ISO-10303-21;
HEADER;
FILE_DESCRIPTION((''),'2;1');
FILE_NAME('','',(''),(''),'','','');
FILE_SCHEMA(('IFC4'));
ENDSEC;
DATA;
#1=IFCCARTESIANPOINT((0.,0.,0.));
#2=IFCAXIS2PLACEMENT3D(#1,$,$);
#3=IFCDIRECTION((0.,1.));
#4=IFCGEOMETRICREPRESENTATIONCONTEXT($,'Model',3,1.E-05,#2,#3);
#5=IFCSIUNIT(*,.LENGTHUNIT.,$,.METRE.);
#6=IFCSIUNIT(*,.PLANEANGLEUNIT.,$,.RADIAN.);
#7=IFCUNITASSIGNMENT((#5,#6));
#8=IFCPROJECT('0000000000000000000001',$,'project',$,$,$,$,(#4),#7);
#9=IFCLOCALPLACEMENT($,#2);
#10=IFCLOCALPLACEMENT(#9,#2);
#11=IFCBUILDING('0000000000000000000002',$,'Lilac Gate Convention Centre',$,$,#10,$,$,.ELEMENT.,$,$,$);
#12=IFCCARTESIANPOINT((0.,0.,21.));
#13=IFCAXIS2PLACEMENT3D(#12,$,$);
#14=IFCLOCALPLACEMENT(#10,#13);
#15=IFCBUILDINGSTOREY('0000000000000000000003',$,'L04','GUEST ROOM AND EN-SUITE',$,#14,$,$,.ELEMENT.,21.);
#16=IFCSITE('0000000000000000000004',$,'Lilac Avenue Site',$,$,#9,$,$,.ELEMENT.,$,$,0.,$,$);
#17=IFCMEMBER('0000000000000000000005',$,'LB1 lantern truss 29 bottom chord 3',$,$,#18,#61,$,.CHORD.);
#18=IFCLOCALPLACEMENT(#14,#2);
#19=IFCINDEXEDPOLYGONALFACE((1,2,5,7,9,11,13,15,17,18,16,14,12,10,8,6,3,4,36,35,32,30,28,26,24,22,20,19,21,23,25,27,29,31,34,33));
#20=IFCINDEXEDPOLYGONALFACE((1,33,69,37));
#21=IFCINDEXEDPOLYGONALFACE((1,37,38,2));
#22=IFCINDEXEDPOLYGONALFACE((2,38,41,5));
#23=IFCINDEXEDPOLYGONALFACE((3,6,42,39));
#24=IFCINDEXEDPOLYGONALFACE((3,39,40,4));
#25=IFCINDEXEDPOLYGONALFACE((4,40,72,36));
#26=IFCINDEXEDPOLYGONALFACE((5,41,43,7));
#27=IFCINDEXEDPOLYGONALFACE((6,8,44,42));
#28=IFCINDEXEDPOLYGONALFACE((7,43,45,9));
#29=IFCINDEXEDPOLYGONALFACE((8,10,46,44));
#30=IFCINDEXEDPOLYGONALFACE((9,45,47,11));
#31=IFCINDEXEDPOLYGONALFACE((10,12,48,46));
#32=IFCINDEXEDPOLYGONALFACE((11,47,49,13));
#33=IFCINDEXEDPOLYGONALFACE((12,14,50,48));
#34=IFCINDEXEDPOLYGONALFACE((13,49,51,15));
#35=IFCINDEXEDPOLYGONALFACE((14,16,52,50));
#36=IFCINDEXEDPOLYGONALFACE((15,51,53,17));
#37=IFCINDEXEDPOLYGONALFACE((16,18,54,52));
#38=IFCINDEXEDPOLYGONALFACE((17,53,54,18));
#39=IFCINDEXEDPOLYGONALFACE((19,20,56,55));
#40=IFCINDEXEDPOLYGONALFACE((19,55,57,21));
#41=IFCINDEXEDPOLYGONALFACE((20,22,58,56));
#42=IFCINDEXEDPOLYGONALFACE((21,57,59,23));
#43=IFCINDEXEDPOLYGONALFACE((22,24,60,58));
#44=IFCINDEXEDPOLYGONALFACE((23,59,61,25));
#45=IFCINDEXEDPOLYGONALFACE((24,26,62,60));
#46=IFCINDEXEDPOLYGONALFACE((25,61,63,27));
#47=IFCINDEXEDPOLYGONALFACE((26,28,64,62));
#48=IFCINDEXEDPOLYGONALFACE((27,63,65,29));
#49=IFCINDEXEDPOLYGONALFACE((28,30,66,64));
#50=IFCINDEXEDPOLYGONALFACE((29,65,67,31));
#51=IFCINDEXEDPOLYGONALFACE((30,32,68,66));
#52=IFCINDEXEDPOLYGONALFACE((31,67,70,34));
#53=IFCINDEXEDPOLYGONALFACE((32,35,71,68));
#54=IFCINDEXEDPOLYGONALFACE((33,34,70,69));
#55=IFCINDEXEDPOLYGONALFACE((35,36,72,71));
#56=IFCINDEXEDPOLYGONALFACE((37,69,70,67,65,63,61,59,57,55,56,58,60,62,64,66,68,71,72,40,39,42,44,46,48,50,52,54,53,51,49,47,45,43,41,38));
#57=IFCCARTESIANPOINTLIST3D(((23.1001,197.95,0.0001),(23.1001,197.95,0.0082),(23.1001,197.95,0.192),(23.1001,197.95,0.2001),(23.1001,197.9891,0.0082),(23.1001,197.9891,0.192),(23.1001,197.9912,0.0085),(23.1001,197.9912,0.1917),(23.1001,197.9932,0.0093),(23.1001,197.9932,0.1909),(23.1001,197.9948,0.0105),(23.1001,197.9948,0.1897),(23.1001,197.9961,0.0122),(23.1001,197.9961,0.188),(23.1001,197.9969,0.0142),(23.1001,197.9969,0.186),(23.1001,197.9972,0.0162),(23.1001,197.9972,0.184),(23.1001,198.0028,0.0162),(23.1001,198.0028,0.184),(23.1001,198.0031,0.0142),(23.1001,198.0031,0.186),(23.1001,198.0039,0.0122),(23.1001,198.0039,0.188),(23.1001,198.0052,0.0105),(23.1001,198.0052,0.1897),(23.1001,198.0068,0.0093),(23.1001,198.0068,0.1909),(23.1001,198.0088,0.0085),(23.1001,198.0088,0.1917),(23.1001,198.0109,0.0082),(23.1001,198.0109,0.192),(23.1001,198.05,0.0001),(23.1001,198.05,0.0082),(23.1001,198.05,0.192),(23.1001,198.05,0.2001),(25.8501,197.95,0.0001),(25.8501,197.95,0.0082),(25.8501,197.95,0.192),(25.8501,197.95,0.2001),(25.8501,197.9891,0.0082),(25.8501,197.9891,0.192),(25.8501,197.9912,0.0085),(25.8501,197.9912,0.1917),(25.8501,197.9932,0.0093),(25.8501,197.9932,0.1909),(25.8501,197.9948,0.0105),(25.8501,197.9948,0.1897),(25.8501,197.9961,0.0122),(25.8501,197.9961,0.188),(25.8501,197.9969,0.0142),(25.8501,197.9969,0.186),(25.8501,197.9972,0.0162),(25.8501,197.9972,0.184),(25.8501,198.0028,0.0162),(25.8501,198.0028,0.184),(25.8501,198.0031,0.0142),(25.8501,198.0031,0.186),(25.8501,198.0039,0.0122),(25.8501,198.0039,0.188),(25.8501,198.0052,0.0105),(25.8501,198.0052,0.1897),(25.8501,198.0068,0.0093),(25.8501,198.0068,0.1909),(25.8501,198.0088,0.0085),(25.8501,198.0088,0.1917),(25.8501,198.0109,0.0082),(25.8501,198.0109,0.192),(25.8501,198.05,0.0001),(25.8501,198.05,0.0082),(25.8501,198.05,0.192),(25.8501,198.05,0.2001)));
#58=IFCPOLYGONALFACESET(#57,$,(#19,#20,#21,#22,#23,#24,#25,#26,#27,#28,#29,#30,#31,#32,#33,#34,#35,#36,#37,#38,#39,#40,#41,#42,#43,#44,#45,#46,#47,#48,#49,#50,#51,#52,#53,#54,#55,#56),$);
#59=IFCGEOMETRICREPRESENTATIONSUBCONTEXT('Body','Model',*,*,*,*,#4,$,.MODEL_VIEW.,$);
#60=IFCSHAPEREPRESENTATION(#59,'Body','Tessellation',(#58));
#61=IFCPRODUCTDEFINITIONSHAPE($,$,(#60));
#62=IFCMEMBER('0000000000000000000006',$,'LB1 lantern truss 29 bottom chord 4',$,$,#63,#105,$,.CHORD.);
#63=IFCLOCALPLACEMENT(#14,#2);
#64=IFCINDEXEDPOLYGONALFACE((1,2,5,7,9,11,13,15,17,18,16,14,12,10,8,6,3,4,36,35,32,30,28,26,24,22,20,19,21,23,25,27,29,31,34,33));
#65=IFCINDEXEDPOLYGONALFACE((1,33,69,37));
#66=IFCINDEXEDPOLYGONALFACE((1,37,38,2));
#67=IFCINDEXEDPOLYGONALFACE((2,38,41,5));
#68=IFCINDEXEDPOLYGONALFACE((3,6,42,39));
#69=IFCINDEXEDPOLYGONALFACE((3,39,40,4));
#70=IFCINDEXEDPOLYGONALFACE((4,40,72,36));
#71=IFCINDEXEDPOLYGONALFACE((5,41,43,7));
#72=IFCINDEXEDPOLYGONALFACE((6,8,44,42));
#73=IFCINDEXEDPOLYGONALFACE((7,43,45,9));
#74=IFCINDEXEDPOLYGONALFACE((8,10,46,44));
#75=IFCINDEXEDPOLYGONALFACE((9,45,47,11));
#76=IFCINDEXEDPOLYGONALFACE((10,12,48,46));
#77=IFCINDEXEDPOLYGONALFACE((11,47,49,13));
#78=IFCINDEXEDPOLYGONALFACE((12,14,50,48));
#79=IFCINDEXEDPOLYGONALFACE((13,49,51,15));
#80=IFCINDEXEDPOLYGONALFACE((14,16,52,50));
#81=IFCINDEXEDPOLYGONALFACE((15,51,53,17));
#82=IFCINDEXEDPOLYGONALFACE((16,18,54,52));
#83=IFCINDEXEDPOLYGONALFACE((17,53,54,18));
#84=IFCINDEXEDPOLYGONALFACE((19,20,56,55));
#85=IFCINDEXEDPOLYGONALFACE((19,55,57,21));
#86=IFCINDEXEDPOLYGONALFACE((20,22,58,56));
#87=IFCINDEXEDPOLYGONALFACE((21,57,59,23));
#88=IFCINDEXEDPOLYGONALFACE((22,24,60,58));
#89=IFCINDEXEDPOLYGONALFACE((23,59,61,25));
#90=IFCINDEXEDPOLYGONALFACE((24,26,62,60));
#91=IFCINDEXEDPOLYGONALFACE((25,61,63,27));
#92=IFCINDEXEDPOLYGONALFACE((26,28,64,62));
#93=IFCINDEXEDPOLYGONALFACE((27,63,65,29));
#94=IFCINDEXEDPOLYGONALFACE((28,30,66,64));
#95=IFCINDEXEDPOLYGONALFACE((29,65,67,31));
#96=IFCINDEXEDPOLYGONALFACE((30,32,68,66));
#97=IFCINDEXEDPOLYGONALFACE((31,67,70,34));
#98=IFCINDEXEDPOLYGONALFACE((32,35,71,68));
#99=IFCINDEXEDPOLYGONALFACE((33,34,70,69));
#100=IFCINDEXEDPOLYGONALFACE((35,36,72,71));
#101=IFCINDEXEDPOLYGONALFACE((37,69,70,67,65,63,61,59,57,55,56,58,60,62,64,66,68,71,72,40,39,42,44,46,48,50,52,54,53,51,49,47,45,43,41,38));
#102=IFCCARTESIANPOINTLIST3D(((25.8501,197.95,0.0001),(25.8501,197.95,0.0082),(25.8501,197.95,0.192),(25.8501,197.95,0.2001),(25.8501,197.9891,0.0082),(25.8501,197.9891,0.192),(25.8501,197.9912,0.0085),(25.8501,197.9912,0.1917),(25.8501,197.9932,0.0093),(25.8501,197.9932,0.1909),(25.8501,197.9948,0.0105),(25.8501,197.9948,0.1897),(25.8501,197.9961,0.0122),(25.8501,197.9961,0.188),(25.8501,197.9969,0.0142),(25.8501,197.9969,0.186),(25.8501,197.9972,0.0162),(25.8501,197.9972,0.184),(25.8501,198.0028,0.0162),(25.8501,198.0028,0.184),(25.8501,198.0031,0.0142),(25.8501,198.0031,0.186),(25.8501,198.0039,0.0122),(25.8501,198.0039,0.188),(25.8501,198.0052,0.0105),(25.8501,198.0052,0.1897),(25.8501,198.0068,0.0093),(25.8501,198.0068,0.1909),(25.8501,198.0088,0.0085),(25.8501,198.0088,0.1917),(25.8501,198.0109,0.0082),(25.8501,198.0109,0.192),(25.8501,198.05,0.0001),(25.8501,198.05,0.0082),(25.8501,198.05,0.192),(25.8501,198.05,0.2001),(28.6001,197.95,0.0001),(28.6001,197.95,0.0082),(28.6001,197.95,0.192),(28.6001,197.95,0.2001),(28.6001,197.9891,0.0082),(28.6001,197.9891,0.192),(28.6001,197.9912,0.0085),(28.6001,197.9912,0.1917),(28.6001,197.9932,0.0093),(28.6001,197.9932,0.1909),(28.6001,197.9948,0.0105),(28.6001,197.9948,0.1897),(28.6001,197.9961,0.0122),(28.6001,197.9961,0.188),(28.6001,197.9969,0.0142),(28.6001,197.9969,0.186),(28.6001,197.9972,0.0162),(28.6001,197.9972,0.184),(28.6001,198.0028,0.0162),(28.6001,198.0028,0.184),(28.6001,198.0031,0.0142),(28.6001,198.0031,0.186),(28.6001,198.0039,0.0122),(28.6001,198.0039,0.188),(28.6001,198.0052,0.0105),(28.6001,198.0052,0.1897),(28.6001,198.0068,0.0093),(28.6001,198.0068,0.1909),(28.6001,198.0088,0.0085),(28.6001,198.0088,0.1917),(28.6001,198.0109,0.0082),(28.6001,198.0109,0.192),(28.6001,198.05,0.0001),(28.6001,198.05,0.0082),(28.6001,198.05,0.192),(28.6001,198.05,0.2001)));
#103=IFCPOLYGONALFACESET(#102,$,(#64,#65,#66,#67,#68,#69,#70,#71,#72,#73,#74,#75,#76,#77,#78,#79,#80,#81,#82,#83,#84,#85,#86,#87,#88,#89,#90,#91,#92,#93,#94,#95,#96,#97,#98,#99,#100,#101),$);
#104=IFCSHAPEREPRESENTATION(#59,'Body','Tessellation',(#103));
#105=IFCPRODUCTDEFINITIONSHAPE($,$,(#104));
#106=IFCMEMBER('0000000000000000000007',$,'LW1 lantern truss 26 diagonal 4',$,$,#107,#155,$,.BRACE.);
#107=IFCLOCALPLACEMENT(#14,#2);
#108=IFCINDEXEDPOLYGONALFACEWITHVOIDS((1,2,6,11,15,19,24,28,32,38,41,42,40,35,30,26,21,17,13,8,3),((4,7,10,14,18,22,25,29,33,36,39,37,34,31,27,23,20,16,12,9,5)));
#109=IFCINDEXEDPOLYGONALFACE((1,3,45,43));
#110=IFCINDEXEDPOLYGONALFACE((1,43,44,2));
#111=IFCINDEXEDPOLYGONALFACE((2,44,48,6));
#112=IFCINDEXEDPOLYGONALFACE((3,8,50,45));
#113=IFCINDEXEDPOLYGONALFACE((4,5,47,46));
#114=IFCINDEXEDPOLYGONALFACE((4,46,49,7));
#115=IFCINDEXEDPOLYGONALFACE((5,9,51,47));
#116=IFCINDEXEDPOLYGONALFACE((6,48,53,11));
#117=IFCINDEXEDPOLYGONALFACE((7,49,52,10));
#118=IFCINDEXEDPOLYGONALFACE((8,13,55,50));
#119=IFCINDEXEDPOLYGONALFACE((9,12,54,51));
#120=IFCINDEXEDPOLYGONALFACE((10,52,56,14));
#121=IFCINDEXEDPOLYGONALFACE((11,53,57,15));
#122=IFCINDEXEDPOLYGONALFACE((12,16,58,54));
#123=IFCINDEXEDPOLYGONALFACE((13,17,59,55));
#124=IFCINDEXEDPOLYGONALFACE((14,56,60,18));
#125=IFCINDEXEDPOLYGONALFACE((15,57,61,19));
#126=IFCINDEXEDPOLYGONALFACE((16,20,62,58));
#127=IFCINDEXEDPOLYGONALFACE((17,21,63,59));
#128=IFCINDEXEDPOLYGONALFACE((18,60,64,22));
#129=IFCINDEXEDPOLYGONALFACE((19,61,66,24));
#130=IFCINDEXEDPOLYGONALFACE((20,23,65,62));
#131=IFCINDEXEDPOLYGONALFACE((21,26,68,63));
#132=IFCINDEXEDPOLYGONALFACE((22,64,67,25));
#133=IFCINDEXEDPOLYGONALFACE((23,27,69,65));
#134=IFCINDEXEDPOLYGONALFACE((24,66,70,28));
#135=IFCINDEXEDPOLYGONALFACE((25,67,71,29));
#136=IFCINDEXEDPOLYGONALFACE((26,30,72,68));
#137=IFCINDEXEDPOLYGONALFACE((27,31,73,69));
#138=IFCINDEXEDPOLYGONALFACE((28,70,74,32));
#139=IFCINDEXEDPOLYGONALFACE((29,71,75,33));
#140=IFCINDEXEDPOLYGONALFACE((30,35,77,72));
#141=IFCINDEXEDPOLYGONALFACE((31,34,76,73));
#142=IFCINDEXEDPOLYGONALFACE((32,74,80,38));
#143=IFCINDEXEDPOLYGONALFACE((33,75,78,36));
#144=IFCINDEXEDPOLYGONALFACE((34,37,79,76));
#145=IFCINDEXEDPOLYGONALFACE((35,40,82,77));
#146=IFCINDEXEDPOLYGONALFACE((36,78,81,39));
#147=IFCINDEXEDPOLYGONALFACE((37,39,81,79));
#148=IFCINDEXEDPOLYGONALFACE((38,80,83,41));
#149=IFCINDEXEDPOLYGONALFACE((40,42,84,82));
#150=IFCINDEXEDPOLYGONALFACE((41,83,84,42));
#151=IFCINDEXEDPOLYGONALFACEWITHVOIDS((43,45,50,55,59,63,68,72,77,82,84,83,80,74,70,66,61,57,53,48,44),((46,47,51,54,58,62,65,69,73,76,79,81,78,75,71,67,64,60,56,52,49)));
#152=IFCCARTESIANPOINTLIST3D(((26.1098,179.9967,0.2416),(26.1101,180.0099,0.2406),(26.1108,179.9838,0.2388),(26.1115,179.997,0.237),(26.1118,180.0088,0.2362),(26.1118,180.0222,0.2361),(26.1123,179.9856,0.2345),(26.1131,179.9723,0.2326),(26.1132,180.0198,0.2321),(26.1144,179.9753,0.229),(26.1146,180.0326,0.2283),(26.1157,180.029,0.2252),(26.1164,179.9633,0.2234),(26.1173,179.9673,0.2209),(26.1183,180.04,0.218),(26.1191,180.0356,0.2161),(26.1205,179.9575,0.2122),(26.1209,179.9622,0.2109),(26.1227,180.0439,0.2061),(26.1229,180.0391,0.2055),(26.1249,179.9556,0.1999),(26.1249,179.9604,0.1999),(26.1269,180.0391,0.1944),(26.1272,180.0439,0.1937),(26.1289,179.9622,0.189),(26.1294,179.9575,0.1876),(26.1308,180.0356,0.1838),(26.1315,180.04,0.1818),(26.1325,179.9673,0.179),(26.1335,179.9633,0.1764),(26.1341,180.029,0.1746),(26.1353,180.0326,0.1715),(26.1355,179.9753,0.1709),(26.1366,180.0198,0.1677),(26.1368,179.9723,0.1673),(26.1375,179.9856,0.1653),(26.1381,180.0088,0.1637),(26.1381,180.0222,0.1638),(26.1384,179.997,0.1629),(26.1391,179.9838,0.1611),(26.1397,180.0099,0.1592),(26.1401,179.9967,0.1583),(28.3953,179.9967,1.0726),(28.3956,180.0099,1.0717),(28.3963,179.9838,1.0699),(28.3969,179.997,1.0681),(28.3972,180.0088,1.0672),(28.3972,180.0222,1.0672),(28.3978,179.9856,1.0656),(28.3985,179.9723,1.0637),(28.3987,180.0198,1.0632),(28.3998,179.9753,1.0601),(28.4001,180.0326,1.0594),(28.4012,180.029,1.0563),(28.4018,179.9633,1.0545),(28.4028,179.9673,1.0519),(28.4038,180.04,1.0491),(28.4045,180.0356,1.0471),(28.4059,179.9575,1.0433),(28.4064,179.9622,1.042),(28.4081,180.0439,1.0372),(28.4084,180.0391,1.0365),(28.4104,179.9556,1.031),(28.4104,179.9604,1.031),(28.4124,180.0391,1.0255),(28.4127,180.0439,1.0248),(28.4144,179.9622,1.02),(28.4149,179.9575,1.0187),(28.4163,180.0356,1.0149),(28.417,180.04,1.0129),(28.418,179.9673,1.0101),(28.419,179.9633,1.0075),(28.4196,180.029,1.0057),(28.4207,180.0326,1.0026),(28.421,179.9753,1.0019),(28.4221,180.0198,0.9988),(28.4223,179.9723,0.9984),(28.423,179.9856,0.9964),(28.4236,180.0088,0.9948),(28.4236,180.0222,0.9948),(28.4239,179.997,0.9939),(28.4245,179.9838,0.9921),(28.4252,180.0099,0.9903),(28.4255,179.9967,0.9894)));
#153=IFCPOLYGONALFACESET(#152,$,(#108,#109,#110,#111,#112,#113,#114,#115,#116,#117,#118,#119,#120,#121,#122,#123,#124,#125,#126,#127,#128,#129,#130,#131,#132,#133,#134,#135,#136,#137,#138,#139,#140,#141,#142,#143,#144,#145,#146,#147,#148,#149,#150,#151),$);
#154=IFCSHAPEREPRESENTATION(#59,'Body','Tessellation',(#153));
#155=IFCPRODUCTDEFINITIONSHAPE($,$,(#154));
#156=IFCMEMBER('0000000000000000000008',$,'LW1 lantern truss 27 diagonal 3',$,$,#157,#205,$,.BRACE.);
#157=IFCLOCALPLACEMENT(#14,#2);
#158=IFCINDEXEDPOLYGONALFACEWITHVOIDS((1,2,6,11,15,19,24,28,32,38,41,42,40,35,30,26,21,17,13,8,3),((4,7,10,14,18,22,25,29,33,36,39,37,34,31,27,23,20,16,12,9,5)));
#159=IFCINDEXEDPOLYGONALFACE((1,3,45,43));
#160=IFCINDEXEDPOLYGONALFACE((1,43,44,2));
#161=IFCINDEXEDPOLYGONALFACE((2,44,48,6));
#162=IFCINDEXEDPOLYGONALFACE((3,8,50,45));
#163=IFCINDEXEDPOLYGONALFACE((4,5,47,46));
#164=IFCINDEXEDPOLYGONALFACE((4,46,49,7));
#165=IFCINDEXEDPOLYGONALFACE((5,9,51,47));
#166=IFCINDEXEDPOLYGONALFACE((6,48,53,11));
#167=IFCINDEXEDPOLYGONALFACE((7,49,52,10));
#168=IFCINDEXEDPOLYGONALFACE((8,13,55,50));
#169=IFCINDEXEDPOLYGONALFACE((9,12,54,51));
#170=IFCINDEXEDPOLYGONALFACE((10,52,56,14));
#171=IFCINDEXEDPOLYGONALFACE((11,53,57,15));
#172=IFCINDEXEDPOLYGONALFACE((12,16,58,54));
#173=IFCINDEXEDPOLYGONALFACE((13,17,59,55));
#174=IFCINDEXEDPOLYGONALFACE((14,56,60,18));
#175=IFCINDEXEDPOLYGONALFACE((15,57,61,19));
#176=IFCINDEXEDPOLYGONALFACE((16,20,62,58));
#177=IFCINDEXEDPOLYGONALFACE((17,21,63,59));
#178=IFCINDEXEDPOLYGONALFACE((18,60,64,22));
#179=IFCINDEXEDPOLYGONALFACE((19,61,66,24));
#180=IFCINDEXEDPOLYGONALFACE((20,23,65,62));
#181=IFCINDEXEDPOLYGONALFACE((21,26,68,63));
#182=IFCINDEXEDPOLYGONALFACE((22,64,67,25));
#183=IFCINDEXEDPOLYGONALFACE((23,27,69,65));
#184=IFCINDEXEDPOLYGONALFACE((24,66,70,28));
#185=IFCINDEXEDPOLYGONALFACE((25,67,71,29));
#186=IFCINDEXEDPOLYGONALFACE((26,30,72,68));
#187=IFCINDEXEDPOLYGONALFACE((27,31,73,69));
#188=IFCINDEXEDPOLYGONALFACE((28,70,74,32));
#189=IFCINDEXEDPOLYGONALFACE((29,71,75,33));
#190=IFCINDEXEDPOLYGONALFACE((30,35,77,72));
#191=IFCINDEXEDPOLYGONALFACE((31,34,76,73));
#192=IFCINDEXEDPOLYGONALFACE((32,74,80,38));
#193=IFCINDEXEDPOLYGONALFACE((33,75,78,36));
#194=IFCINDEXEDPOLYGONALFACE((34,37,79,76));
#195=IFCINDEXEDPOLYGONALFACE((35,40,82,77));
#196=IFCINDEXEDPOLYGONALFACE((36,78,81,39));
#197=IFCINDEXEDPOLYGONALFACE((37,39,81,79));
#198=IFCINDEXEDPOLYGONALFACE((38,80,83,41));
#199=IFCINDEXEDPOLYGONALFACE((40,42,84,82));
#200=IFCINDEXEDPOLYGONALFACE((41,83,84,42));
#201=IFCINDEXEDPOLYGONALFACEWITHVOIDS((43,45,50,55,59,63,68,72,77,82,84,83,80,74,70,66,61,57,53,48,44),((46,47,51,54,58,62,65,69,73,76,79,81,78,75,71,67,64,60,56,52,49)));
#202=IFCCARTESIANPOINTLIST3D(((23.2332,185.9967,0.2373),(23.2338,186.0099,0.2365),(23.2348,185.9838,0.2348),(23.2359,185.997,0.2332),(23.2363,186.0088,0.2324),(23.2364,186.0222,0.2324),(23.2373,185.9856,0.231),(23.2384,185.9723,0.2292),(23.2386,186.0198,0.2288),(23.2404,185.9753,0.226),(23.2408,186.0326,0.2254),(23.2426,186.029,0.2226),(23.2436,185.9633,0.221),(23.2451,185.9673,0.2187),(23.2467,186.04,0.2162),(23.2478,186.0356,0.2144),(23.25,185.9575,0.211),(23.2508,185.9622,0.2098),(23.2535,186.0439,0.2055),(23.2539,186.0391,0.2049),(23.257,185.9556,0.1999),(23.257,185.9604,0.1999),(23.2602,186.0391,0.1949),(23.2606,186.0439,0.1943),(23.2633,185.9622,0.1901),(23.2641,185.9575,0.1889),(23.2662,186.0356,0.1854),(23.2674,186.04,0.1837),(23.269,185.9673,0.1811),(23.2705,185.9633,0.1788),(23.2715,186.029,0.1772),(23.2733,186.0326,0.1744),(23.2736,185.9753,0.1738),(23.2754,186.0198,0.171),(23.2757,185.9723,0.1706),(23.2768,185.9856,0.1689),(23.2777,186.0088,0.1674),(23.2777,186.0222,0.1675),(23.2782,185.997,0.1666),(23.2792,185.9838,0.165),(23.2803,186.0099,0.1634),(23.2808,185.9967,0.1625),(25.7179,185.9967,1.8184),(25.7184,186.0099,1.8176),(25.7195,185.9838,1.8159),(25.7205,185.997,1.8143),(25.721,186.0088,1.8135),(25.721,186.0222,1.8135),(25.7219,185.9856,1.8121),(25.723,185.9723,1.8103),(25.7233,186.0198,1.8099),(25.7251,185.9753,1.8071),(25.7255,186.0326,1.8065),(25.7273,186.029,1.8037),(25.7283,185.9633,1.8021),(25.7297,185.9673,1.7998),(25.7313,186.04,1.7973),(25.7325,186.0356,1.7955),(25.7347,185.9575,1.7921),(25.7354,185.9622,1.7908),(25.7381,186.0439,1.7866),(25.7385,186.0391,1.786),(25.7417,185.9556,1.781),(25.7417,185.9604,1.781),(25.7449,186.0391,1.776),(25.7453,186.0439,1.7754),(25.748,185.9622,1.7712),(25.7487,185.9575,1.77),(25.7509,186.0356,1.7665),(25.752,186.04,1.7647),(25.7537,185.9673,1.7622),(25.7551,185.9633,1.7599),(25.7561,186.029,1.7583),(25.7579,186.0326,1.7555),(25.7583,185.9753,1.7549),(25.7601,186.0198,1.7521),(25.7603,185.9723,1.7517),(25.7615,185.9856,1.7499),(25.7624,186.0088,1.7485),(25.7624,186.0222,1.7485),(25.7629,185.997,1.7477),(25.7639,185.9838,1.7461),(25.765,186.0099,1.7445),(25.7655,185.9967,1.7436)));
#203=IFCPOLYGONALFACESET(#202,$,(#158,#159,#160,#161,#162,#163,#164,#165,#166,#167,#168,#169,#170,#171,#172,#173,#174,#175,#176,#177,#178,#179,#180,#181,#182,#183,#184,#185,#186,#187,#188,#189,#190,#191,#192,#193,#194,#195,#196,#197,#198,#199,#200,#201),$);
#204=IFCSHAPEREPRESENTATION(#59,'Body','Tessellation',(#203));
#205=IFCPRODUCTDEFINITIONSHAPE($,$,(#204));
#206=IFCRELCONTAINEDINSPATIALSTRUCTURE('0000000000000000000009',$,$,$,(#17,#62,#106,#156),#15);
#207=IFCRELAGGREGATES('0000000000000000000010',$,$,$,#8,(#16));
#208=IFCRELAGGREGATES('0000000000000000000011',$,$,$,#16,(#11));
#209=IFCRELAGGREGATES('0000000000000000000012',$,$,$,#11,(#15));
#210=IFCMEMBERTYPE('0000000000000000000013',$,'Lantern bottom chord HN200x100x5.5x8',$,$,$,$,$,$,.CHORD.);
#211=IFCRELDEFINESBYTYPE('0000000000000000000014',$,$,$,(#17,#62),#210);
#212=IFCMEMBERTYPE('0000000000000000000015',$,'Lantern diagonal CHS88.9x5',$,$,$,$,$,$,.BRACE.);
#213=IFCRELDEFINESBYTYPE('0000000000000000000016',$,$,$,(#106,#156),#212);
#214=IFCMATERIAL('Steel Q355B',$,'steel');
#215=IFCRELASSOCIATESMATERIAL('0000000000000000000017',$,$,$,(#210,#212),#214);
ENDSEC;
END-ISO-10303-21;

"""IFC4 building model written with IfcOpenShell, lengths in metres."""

from ifc_helpers import new_model, si_unit, direction, frame, origin, origin_2d, place, context, subcontext, project, spatial, hollow_circle, i_section, extrude, material, material_profile, profile_set, type_object, element, save


model = new_model("IFC4")

# Units and contexts
model_context = context("Model", 3, precision=1e-05, world=origin(), true_north=direction((0.0, 1.0)))
body_context = subcontext(model_context, "Body", "Model", "MODEL_VIEW")
ifc_project = project(units=[si_unit("LENGTHUNIT", "METRE"), si_unit("PLANEANGLEUNIT", "RADIAN")], contexts=[model_context])

# Site, building, storey
site_placement = place(None, origin())
site = spatial("IfcSite", under=ifc_project, at=site_placement, Name="Lilac Avenue Site", CompositionType="ELEMENT", RefElevation=0.0)
building_placement = place(site_placement, origin())
building = spatial("IfcBuilding", under=site, at=building_placement, Name="Lilac Gate Convention Centre", CompositionType="ELEMENT")
storey_placement = place(building_placement, frame((0.0, 0.0, 21.0)))
storey = spatial("IfcBuildingStorey", under=building, at=storey_placement, Name="L04", Description="GUEST ROOM AND EN-SUITE", CompositionType="ELEMENT", Elevation=21.0)

# Members
ifc_material_1 = material(Name="Steel Q355B", Category="steel")
ifc_material_profile_1 = material_profile(ifc_material_1, i_section(OverallWidth=0.1001, OverallDepth=0.2, WebThickness=0.0056, FlangeThickness=0.0081, FilletRadius=0.0081, at=origin_2d()), Name="HN200x100x5.5x8")
ifc_profile_set_1 = profile_set([ifc_material_profile_1], Name="Steel Q355B")
member_type_1 = type_object("IfcMemberType", Name="Lantern bottom chord HN200x100x5.5x8", PredefinedType="CHORD", material=ifc_profile_set_1)
for number, where, z_axis, x_axis, name in (
    (1, (23.1001, 198.0, 0.1001), (1.0, 0.0, 0.0), (0.0, 1.0, 0.0), "LB1 lantern truss 29 bottom chord 3"),
    (2, (25.8501, 198.0, 0.1001), (1.0, 0.0, 0.0), (0.0, 1.0, 0.0), "LB1 lantern truss 29 bottom chord 4"),
):
    element("IfcMember", number, at=place(storey_placement, frame(where, z_axis=z_axis, x_axis=x_axis)), inside=storey, type_object=member_type_1, Name=name, PredefinedType="CHORD", context=body_context, shape_type="SweptSolid", body=[
        extrude(i_section(OverallWidth=0.1001, OverallDepth=0.2, WebThickness=0.0056, FlangeThickness=0.0081, FilletRadius=0.0081, at=origin_2d()), origin(), (0.0, 0.0, 1.0), 2.75),
    ])
ifc_material_profile_2 = material_profile(ifc_material_1, hollow_circle(Radius=0.0444, WallThickness=0.0049, at=origin_2d()), Name="CHS88.9x5")
ifc_profile_set_2 = profile_set([ifc_material_profile_2], Name="Steel Q355B")
member_type_2 = type_object("IfcMemberType", Name="Lantern diagonal CHS88.9x5", PredefinedType="BRACE", material=ifc_profile_set_2)
member_1_placement = place(storey_placement, frame((28.4104, 180.0, 1.031), z_axis=(-0.939793, 0.0, -0.341743), x_axis=(0.0, -1.0, 0.0)))
element("IfcMember", 3, at=member_1_placement, inside=storey, type_object=member_type_2, Name="LW1 lantern truss 26 diagonal 4", PredefinedType="BRACE", context=body_context, shape_type="SweptSolid", body=[
    extrude(hollow_circle(Radius=0.0444, WallThickness=0.0049, at=origin_2d()), origin(), (0.0, 0.0, 1.0), 2.4319),
])
member_2_placement = place(storey_placement, frame((25.7417, 186.0, 1.781), z_axis=(-0.843672, 0.0, -0.536859), x_axis=(0.0, -1.0, 0.0)))
element("IfcMember", 4, at=member_2_placement, inside=storey, type_object=member_type_2, Name="LW1 lantern truss 27 diagonal 3", PredefinedType="BRACE", context=body_context, shape_type="SweptSolid", body=[
    extrude(hollow_circle(Radius=0.0444, WallThickness=0.0049, at=origin_2d()), origin(), (0.0, 0.0, 1.0), 2.9451),
])

save(model, "model.ifc")
